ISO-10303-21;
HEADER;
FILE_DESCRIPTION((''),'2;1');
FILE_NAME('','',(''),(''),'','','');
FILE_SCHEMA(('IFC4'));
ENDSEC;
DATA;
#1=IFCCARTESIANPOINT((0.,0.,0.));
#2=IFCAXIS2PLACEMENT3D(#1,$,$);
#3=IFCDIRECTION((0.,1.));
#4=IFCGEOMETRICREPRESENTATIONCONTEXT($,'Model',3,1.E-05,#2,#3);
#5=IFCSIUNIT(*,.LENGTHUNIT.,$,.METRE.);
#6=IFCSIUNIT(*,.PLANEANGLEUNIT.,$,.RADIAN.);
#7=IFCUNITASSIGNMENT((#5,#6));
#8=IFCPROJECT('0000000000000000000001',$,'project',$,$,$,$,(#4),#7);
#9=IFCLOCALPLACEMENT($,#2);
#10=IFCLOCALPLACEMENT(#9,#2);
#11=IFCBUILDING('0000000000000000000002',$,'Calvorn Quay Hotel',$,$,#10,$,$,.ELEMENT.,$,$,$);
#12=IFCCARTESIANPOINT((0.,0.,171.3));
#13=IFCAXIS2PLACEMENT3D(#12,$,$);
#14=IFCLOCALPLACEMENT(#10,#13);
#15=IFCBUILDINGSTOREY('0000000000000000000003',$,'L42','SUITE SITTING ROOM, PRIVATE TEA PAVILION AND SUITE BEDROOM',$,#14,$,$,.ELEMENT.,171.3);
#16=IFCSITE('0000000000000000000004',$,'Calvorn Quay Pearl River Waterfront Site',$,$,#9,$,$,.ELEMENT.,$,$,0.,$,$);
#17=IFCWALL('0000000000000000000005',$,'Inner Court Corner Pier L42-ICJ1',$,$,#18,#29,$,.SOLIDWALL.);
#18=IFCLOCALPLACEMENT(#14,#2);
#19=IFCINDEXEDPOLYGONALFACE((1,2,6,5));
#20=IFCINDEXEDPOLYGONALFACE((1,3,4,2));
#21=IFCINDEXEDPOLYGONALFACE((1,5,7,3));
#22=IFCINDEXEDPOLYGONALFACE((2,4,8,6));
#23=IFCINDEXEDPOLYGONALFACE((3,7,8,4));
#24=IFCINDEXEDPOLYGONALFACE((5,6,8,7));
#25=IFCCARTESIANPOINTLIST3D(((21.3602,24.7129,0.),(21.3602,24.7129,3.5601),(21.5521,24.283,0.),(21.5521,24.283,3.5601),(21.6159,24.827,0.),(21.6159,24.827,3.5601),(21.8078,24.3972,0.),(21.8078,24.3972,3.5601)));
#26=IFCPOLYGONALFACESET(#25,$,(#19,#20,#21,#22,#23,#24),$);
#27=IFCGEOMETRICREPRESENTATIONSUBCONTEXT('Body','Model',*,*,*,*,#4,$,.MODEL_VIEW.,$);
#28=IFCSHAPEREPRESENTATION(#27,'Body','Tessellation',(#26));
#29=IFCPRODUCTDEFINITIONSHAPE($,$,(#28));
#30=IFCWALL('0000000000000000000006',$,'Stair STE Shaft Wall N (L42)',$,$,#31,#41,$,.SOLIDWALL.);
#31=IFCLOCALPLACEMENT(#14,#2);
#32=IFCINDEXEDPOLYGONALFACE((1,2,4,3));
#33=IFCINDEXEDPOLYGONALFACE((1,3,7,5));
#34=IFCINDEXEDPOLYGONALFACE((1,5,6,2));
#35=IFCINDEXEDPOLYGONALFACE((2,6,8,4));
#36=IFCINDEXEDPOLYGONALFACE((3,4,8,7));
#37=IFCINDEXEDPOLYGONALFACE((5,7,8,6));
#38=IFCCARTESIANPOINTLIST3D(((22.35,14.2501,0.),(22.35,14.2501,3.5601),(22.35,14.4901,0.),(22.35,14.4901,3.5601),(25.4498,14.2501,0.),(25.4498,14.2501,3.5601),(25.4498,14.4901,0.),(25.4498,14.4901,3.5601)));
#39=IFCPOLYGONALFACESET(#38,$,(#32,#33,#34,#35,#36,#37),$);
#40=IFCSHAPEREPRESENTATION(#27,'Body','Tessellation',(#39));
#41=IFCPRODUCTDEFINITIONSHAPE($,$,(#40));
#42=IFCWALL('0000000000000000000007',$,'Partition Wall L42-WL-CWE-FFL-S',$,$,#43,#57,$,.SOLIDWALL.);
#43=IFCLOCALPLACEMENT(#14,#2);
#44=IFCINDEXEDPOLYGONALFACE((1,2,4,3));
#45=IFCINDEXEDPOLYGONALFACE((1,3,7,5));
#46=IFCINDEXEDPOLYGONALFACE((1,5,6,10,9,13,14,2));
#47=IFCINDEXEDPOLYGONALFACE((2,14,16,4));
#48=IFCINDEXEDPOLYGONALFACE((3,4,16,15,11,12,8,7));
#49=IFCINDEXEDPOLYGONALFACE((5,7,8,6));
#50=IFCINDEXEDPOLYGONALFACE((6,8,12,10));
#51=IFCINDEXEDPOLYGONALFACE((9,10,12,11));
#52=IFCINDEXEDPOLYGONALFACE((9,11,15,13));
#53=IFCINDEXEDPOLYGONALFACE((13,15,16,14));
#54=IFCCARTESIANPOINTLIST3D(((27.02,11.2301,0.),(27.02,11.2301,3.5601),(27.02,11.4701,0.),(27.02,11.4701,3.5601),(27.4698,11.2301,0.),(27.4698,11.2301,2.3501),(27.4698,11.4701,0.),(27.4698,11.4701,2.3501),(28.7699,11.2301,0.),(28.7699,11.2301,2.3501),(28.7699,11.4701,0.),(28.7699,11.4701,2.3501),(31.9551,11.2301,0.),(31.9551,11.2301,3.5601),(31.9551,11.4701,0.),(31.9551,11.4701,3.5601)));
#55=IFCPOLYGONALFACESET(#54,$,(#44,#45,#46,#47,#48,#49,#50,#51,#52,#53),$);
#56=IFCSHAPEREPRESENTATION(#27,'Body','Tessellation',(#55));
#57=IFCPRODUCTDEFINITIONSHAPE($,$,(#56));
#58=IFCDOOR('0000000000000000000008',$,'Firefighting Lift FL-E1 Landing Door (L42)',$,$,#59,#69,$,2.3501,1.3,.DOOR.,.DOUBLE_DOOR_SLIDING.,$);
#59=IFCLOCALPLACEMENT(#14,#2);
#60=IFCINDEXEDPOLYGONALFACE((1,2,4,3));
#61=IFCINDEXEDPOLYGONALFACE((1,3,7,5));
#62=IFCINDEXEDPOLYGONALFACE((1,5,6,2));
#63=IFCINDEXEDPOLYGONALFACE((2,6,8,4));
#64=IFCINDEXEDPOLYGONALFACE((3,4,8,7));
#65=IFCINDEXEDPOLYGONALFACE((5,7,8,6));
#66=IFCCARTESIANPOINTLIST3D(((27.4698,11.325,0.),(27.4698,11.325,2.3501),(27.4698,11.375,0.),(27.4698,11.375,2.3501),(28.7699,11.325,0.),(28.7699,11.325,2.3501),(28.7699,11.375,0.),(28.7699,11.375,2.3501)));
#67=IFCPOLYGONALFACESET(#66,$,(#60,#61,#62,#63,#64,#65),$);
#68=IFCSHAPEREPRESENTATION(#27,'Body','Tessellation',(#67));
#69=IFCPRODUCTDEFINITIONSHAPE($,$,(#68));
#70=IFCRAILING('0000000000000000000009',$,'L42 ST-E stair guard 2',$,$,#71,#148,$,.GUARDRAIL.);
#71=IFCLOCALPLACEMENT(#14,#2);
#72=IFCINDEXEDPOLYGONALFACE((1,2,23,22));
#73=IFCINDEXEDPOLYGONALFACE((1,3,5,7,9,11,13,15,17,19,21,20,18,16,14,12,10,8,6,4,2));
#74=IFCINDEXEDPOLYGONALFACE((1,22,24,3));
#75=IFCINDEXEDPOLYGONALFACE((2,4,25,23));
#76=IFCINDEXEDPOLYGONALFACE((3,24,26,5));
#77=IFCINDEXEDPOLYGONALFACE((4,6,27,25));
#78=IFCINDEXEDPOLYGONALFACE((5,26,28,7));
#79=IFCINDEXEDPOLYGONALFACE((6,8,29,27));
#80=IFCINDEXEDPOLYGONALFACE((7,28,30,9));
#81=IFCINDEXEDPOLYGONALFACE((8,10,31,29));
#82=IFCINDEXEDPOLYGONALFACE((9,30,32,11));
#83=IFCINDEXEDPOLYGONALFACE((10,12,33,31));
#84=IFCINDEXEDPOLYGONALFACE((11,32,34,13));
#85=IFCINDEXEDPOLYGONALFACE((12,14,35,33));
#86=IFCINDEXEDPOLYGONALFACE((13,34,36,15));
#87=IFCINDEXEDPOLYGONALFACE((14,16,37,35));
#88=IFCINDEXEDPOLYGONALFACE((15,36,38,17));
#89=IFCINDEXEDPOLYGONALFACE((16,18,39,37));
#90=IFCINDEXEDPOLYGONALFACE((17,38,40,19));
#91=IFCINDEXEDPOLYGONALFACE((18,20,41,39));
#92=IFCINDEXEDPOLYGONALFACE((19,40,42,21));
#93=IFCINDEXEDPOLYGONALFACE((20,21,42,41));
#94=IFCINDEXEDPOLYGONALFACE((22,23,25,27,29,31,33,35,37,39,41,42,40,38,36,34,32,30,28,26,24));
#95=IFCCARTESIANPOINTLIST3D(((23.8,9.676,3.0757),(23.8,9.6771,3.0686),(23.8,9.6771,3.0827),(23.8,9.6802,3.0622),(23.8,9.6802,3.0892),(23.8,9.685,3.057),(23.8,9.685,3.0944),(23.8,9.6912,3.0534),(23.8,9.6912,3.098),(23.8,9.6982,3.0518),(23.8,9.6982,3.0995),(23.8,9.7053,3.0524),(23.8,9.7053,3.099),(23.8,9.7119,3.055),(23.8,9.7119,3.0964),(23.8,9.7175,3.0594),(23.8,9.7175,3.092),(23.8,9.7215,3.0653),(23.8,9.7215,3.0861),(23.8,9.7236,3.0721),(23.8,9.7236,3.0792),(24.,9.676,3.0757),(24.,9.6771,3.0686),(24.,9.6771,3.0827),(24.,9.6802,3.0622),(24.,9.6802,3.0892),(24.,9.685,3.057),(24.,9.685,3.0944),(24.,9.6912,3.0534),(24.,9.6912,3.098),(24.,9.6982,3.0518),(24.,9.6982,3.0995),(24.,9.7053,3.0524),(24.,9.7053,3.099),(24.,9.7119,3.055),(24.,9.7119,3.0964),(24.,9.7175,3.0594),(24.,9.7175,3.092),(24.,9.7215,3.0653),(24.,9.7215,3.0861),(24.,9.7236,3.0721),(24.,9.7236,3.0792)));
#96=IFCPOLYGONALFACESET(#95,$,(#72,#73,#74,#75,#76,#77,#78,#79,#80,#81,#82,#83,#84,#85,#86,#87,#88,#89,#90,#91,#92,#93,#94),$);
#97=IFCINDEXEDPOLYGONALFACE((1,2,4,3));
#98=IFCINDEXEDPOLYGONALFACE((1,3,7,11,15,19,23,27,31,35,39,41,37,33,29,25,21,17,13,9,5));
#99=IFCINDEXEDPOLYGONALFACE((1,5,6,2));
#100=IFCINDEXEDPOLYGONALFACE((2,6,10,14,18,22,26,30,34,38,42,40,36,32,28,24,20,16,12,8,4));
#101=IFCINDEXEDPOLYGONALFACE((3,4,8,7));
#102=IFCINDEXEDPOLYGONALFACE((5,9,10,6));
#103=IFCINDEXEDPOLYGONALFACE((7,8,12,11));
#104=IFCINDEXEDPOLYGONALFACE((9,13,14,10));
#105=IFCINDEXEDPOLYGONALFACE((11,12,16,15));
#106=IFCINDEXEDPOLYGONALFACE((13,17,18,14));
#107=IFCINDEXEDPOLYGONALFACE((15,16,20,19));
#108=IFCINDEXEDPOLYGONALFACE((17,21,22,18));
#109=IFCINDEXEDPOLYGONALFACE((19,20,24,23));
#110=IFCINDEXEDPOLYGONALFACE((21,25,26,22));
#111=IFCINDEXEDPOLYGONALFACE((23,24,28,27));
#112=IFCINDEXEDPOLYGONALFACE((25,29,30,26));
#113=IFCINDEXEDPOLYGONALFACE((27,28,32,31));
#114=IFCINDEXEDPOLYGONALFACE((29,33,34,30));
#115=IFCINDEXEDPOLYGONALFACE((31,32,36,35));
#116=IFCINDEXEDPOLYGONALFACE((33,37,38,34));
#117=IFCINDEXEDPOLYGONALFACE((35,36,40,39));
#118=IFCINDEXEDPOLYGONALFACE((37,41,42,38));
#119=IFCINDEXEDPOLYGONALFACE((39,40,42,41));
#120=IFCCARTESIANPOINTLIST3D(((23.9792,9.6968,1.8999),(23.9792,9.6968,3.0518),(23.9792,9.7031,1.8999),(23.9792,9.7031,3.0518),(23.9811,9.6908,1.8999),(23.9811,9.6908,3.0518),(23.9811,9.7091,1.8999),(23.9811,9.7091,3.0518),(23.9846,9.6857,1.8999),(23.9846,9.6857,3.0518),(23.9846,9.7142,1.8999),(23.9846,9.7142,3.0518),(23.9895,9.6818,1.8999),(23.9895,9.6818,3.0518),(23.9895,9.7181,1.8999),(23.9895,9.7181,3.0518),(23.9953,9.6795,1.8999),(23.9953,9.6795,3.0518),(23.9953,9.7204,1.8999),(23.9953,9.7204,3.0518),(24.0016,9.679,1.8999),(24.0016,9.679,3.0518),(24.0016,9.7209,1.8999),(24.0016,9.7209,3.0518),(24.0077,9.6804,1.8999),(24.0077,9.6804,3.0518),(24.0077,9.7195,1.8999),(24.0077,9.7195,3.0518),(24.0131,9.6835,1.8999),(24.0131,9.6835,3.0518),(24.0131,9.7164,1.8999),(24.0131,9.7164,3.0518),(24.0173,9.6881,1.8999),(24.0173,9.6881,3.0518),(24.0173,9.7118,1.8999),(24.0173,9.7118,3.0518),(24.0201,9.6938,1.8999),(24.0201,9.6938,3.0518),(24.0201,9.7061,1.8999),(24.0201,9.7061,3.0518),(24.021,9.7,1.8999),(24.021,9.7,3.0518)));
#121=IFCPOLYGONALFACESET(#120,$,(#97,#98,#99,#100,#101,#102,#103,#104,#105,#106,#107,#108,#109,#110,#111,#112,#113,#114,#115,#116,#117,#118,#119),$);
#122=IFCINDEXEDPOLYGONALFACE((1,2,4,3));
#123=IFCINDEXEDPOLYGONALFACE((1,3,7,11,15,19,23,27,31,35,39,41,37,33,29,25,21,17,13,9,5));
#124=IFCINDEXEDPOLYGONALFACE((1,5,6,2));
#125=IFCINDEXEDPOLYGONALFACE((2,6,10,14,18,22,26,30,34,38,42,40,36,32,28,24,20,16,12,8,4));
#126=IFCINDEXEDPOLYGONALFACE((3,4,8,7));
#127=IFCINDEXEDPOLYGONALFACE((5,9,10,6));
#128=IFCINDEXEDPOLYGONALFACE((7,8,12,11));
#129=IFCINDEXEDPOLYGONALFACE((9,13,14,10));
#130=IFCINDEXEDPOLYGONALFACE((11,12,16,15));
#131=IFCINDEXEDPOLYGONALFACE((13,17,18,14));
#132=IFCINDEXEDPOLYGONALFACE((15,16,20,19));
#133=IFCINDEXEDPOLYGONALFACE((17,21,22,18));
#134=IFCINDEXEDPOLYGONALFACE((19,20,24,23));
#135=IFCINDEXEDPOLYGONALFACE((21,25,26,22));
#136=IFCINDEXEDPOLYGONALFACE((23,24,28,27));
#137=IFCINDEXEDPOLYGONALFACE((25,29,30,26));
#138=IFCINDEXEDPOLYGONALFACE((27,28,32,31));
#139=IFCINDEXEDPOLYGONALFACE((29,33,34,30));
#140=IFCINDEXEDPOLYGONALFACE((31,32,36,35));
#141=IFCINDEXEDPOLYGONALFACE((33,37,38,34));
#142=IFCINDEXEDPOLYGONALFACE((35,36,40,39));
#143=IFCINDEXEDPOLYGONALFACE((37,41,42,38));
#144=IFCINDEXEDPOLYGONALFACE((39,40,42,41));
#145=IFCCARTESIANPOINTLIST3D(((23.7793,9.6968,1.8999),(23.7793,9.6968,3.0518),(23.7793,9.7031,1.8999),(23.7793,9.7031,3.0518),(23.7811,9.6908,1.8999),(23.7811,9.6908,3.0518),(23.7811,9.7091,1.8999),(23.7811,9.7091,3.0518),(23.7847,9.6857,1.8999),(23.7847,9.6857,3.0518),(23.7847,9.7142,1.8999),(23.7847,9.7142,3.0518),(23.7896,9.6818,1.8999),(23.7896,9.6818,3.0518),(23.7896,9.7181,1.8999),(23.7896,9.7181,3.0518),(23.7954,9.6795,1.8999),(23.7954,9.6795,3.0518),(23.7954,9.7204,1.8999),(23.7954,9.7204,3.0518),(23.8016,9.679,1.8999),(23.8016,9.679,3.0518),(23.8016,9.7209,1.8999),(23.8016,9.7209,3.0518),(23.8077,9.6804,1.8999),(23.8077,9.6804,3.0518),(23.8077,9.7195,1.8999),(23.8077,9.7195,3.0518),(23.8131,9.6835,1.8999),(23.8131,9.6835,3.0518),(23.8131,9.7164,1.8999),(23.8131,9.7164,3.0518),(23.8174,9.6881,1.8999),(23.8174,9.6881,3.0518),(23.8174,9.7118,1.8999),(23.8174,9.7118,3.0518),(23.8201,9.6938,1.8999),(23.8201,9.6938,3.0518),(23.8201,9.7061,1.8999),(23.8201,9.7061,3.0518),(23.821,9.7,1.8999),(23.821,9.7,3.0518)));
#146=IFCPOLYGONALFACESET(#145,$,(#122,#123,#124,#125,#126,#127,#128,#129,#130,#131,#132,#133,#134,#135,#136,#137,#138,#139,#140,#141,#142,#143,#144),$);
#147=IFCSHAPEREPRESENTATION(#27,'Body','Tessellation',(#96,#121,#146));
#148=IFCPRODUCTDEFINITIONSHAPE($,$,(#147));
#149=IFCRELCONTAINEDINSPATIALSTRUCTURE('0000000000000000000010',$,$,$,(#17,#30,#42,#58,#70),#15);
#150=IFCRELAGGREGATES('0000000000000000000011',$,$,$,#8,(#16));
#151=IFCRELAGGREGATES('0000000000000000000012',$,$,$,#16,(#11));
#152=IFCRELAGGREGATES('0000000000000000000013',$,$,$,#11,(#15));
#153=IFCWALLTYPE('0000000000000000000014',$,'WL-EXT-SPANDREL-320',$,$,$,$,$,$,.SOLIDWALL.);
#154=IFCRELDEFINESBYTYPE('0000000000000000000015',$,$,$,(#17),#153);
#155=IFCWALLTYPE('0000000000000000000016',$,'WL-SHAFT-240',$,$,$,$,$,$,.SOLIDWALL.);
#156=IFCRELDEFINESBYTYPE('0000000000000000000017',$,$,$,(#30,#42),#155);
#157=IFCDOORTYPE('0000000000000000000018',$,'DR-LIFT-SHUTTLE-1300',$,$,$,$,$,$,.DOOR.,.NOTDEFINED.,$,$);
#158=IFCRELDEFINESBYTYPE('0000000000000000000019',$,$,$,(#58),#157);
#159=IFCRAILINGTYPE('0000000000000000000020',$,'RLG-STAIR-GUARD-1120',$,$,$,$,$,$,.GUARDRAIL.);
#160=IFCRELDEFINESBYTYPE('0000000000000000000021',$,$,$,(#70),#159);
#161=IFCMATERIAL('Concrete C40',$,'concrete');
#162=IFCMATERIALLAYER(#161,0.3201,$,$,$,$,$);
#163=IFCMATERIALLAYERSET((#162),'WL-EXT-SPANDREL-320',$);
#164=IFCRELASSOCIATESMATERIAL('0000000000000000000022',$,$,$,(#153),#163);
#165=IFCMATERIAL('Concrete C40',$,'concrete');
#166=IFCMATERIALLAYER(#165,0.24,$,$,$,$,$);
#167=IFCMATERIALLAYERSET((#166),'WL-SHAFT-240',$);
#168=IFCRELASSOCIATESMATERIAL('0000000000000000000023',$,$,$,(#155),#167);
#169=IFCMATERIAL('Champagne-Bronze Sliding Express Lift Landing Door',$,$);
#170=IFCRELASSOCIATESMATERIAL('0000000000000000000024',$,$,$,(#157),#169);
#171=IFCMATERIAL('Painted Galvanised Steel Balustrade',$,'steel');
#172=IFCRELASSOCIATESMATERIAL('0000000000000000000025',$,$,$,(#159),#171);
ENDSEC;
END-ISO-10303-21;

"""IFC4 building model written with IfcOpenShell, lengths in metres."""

from ifc_helpers import new_model, si_unit, direction, frame, frame_2d, origin, origin_2d, place, context, subcontext, project, spatial, rectangle, circle, extrude, material, layer, layer_set, type_object, element, fill, save


model = new_model("IFC4")

# Units and contexts
model_context = context("Model", 3, precision=1e-05, world=origin(), true_north=direction((0.0, 1.0)))
body_context = subcontext(model_context, "Body", "Model", "MODEL_VIEW")
ifc_project = project(units=[si_unit("LENGTHUNIT", "METRE"), si_unit("PLANEANGLEUNIT", "RADIAN")], contexts=[model_context])

# Site, building, storey
site_placement = place(None, origin())
site = spatial("IfcSite", under=ifc_project, at=site_placement, Name="Calvorn Quay Pearl River Waterfront Site", CompositionType="ELEMENT", RefElevation=0.0)
building_placement = place(site_placement, origin())
building = spatial("IfcBuilding", under=site, at=building_placement, Name="Calvorn Quay Hotel", CompositionType="ELEMENT")
storey_placement = place(building_placement, frame((0.0, 0.0, 171.3)))
storey = spatial("IfcBuildingStorey", under=building, at=storey_placement, Name="L42", Description="SUITE SITTING ROOM, PRIVATE TEA PAVILION AND SUITE BEDROOM", CompositionType="ELEMENT", Elevation=171.3)

# Walls
ifc_material_1 = material(Name="Concrete C40", Category="concrete")
ifc_layer_1 = layer(ifc_material_1, 0.3201)
ifc_layer_set_1 = layer_set([ifc_layer_1], Name="WL-EXT-SPANDREL-320")
wall_type_1 = type_object("IfcWallType", Name="WL-EXT-SPANDREL-320", PredefinedType="SOLIDWALL", material=ifc_layer_set_1)
wall_1_placement = place(storey_placement, frame((21.6799, 24.3401, 0.0), z_axis=(0.0, 0.0, 1.0), x_axis=(-0.407581, 0.913169, 0.0)))
element("IfcWall", 1, at=wall_1_placement, inside=storey, type_object=wall_type_1, Name="Inner Court Corner Pier L42-ICJ1", PredefinedType="SOLIDWALL", context=body_context, shape_type="SweptSolid", body=[
    extrude(rectangle(XDim=0.4707, YDim=0.28, at=frame_2d((0.2354, 0.0))), origin(), (0.0, 0.0, 1.0), 3.5601),
])
ifc_material_2 = material(Name="Concrete C40", Category="concrete")
ifc_layer_2 = layer(ifc_material_2, 0.24)
ifc_layer_set_2 = layer_set([ifc_layer_2], Name="WL-SHAFT-240")
wall_type_2 = type_object("IfcWallType", Name="WL-SHAFT-240", PredefinedType="SOLIDWALL", material=ifc_layer_set_2)
wall_2_placement = place(storey_placement, frame((22.3501, 14.3701, 0.0), z_axis=(0.0, 0.0, 1.0), x_axis=(1.0, 0.0, 0.0)))
element("IfcWall", 2, at=wall_2_placement, inside=storey, type_object=wall_type_2, Name="Stair STE Shaft Wall N (L42)", PredefinedType="SOLIDWALL", context=body_context, shape_type="SweptSolid", body=[
    extrude(rectangle(XDim=3.0999, YDim=0.24, at=frame_2d((1.5498, 0.0))), origin(), (0.0, 0.0, 1.0), 3.5601),
])

# Wall, opening, door
wall_3_placement = place(storey_placement, frame((27.02, 11.3501, 0.0), z_axis=(0.0, 0.0, 1.0), x_axis=(1.0, 0.0, 0.0)))
wall_3 = element("IfcWall", 3, at=wall_3_placement, inside=storey, type_object=wall_type_2, Name="Partition Wall L42-WL-CWE-FFL-S", PredefinedType="SOLIDWALL", context=body_context, shape_type="SweptSolid", body=[
    extrude(rectangle(XDim=4.9351, YDim=0.24, at=frame_2d((2.4675, 0.0))), origin(), (0.0, 0.0, 1.0), 3.5601),
])
opening_1_placement = place(wall_3_placement, frame((0.45, 0.0, 0.0)))
opening_1 = element("IfcOpeningElement", 4, at=opening_1_placement, cuts=wall_3, PredefinedType="OPENING", context=body_context, shape_type="SweptSolid", body=[
    extrude(rectangle(XDim=1.3, YDim=2.3501, at=frame_2d((0.6499, 1.175))), frame((0.0, 0.1299, 0.0), z_axis=(0.0, -1.0, 0.0), x_axis=(1.0, 0.0, 0.0)), (0.0, 0.0, 1.0), 0.26),
])
ifc_material_3 = material(Name="Champagne-Bronze Sliding Express Lift Landing Door")
door_type_1 = type_object("IfcDoorType", Name="DR-LIFT-SHUTTLE-1300", OperationType="NOTDEFINED", PredefinedType="DOOR", material=ifc_material_3)
door_1_placement = place(opening_1_placement, origin())
door_1 = element("IfcDoor", 5, at=door_1_placement, inside=storey, type_object=door_type_1, Name="Firefighting Lift FL-E1 Landing Door (L42)", OperationType="DOUBLE_DOOR_SLIDING", OverallHeight=2.3501, OverallWidth=1.3, PredefinedType="DOOR", context=body_context, shape_type="SweptSolid", body=[
    extrude(rectangle(XDim=1.3, YDim=2.3501, at=frame_2d((0.6499, 1.175))), frame((0.0, 0.0249, 0.0), z_axis=(0.0, -1.0, 0.0), x_axis=(1.0, 0.0, 0.0)), (0.0, 0.0, 1.0), 0.05),
])
fill(opening_1, door_1)

# Railing
ifc_material_4 = material(Name="Painted Galvanised Steel Balustrade", Category="steel")
railing_type = type_object("IfcRailingType", Name="RLG-STAIR-GUARD-1120", PredefinedType="GUARDRAIL", material=ifc_material_4)
railing_1_placement = place(storey_placement, frame((24.0, 9.7, 1.8999)))
element("IfcRailing", 6, at=railing_1_placement, inside=storey, type_object=railing_type, Name="L42 ST-E stair guard 2", PredefinedType="GUARDRAIL", context=body_context, shape_type="SweptSolid", body=[
    extrude(circle(Radius=0.0239, at=origin_2d()), frame((0.0, 0.0, 1.1758), z_axis=(-1.0, 0.0, 0.0), x_axis=(0.0, -1.0, 0.0)), (0.0, 0.0, 1.0), 0.2),
    extrude(circle(Radius=0.021, at=origin_2d()), origin(), (0.0, 0.0, 1.0), 1.1519),
    extrude(circle(Radius=0.021, at=origin_2d()), frame((-0.2, 0.0, 0.0)), (0.0, 0.0, 1.0), 1.1519),
])

save(model, "model.ifc")
